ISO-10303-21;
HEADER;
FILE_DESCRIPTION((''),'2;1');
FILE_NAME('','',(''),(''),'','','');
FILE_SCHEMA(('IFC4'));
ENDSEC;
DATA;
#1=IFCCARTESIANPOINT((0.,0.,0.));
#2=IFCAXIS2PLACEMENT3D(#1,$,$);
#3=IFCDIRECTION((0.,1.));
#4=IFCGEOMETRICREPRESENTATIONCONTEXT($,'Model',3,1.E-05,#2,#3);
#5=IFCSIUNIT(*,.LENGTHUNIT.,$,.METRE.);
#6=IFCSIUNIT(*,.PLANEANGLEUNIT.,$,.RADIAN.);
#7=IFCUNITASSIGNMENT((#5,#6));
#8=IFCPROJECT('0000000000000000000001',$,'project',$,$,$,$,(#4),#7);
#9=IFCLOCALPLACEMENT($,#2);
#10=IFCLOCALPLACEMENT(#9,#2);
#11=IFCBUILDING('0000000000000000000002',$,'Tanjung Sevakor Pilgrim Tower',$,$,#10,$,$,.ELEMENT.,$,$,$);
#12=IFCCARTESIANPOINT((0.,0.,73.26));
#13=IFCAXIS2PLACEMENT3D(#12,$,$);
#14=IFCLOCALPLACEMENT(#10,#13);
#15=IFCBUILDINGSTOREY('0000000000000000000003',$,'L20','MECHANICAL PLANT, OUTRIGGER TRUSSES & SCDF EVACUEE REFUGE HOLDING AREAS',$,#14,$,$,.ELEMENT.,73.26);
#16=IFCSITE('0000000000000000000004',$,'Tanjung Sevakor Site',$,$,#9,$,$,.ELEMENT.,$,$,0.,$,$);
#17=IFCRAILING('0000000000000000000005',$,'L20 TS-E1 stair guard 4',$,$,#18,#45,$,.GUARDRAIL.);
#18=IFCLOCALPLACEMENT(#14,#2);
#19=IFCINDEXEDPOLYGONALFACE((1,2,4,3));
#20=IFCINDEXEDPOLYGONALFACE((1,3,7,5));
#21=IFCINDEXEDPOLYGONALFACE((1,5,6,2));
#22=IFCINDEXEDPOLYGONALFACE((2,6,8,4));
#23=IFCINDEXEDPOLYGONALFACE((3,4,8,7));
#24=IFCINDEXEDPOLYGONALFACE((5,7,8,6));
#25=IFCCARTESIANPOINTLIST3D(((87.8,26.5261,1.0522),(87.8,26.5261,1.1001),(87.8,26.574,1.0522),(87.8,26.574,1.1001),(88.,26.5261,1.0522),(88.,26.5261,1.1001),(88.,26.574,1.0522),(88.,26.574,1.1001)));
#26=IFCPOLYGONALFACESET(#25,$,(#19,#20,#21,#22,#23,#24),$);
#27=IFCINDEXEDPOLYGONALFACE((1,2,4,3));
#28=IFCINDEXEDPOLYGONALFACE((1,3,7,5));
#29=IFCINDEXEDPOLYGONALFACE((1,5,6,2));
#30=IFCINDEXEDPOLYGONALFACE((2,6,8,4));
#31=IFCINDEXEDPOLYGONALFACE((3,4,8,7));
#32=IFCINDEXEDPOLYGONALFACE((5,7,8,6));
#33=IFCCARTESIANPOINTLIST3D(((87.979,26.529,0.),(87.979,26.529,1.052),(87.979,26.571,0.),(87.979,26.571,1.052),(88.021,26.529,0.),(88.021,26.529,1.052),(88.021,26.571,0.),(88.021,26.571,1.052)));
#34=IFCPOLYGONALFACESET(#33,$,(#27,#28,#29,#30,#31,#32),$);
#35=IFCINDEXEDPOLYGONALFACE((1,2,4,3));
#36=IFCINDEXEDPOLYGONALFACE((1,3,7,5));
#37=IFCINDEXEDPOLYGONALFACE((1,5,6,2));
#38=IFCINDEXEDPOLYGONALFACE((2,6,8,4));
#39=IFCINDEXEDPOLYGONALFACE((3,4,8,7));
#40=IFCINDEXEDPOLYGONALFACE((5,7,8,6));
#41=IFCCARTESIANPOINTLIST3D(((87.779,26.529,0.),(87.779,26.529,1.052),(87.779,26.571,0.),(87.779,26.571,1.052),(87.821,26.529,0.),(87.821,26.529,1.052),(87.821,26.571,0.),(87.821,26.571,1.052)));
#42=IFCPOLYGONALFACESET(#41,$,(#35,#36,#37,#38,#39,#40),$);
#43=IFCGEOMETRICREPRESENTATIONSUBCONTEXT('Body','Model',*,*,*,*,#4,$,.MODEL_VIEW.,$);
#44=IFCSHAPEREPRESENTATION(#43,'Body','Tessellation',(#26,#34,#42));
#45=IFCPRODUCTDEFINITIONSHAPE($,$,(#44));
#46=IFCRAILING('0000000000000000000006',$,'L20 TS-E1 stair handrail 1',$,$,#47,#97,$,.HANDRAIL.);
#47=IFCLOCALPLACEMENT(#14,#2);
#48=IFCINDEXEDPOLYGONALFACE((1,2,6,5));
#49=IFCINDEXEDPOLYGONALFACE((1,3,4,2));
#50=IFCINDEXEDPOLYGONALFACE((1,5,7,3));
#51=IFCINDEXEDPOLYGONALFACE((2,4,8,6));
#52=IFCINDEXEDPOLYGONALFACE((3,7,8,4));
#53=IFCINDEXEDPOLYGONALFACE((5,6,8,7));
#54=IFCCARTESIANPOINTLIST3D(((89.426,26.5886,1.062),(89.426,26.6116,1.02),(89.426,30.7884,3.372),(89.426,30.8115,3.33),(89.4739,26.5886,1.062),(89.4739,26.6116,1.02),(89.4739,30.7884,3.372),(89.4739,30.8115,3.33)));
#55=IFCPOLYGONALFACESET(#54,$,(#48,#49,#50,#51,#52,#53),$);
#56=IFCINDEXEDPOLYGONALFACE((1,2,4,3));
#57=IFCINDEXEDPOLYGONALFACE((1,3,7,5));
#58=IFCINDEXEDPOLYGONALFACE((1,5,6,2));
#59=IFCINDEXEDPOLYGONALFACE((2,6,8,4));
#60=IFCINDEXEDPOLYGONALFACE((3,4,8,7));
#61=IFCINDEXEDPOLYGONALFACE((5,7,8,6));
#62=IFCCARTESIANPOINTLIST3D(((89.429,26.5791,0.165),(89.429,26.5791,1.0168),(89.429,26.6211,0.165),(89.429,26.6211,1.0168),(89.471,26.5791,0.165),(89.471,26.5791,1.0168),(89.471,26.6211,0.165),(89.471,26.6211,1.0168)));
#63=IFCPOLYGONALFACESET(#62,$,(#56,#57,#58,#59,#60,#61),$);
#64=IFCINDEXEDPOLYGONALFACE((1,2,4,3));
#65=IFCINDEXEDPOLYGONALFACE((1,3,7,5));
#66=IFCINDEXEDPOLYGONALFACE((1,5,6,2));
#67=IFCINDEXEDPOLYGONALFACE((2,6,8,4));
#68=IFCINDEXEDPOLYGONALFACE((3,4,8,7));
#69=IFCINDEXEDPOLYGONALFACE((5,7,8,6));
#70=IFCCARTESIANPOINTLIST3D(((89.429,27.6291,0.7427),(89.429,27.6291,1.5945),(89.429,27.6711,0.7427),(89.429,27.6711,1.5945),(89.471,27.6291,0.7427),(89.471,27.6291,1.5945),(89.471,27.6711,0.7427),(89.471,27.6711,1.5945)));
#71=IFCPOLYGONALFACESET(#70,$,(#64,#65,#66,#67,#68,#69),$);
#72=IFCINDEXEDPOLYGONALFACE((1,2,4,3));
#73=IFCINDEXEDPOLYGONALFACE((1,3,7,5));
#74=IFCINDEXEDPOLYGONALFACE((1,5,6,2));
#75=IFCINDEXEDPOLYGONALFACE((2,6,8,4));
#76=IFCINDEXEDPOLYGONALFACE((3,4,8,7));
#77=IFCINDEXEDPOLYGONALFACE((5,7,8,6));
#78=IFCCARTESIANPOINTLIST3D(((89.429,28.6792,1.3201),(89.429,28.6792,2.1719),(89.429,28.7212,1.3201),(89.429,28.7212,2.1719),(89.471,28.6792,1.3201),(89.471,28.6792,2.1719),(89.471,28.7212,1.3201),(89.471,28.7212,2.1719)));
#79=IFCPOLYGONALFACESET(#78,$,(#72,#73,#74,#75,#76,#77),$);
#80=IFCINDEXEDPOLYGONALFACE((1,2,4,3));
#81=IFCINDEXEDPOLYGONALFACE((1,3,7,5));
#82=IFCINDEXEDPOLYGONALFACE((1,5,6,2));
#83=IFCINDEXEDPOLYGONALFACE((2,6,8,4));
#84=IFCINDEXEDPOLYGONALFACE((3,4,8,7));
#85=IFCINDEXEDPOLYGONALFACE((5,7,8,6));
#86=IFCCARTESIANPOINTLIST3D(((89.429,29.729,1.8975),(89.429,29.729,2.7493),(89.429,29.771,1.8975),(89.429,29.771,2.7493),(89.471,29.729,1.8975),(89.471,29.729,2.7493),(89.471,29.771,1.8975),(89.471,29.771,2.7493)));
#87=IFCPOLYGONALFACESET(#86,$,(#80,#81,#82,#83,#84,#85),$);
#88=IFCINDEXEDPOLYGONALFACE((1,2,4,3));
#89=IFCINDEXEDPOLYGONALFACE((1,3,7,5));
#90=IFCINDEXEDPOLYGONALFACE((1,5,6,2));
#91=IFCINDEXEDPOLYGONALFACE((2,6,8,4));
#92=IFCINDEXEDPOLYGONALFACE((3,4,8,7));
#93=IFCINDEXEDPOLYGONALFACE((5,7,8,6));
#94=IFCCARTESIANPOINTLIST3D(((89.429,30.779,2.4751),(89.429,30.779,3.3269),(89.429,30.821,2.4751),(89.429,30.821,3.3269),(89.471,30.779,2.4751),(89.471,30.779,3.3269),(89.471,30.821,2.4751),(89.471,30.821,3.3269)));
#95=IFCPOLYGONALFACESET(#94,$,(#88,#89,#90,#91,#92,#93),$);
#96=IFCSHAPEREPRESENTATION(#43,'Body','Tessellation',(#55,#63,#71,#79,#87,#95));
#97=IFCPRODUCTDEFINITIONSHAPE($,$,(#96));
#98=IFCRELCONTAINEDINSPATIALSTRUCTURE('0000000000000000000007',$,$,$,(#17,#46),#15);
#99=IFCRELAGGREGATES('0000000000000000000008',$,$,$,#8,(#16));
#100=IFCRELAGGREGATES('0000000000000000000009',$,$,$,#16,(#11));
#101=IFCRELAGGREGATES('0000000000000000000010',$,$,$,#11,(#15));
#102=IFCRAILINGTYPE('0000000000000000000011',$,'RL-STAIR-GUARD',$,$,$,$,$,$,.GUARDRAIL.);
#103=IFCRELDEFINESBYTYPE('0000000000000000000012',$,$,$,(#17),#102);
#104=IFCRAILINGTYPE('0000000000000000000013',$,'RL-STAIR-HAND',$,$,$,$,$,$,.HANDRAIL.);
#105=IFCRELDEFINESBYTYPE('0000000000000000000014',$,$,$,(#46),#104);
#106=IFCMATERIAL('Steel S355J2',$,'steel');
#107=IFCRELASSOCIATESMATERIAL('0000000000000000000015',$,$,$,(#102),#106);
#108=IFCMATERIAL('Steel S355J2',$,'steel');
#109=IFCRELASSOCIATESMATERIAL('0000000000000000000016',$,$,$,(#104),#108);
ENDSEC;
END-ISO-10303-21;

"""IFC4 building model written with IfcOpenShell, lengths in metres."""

from ifc_helpers import new_model, si_unit, direction, frame, origin, place, context, subcontext, project, spatial, rectangle, extrude, material, type_object, element, save


model = new_model("IFC4")

# Units and contexts
model_context = context("Model", 3, precision=1e-05, world=origin(), true_north=direction((0.0, 1.0)))
body_context = subcontext(model_context, "Body", "Model", "MODEL_VIEW")
ifc_project = project(units=[si_unit("LENGTHUNIT", "METRE"), si_unit("PLANEANGLEUNIT", "RADIAN")], contexts=[model_context])

# Site, building, storey
site_placement = place(None, origin())
site = spatial("IfcSite", under=ifc_project, at=site_placement, Name="Tanjung Sevakor Site", CompositionType="ELEMENT", RefElevation=0.0)
building_placement = place(site_placement, origin())
building = spatial("IfcBuilding", under=site, at=building_placement, Name="Tanjung Sevakor Pilgrim Tower", CompositionType="ELEMENT")
storey_placement = place(building_placement, frame((0.0, 0.0, 73.26)))
storey = spatial("IfcBuildingStorey", under=building, at=storey_placement, Name="L20", Description="MECHANICAL PLANT, OUTRIGGER TRUSSES & SCDF EVACUEE REFUGE HOLDING AREAS", CompositionType="ELEMENT", Elevation=73.26)

# Railings
ifc_material_1 = material(Name="Steel S355J2", Category="steel")
railing_type_1 = type_object("IfcRailingType", Name="RL-STAIR-GUARD", PredefinedType="GUARDRAIL", material=ifc_material_1)
for number, where, name in (
    (1, (88.0, 26.55, 0.0), "L20 TS-E1 stair guard 4"),
):
    element("IfcRailing", number, at=place(storey_placement, frame(where)), inside=storey, type_object=railing_type_1, Name=name, PredefinedType="GUARDRAIL", context=body_context, shape_type="SweptSolid", body=[
        extrude(rectangle(XDim=0.0479, YDim=0.0479), frame((0.0, 0.0, 1.0762), z_axis=(-1.0, 0.0, 0.0), x_axis=(0.0, -1.0, 0.0)), (0.0, 0.0, 1.0), 0.2),
        extrude(rectangle(XDim=0.042, YDim=0.042), origin(), (0.0, 0.0, 1.0), 1.052),
        extrude(rectangle(XDim=0.042, YDim=0.042), frame((-0.2, 0.0, 0.0)), (0.0, 0.0, 1.0), 1.052),
    ])
ifc_material_2 = material(Name="Steel S355J2", Category="steel")
railing_type_2 = type_object("IfcRailingType", Name="RL-STAIR-HAND", PredefinedType="HANDRAIL", material=ifc_material_2)
railing_1_placement = place(storey_placement, frame((89.45, 26.6001, 0.165)))
element("IfcRailing", 2, at=railing_1_placement, inside=storey, type_object=railing_type_2, Name="L20 TS-E1 stair handrail 1", PredefinedType="HANDRAIL", context=body_context, shape_type="SweptSolid", body=[
    extrude(rectangle(XDim=0.0479, YDim=0.0479), frame((0.0, 0.0, 0.876), z_axis=(0.0, 0.876208, 0.481932), x_axis=(-1.0, 0.0, 0.0)), (0.0, 0.0, 1.0), 4.7932),
    extrude(rectangle(XDim=0.042, YDim=0.042), origin(), (0.0, 0.0, 1.0), 0.8518),
    extrude(rectangle(XDim=0.042, YDim=0.042), frame((0.0, 1.05, 0.5776)), (0.0, 0.0, 1.0), 0.8518),
    extrude(rectangle(XDim=0.042, YDim=0.042), frame((0.0, 2.1001, 1.155)), (0.0, 0.0, 1.0), 0.8518),
    extrude(rectangle(XDim=0.042, YDim=0.042), frame((0.0, 3.1499, 1.7324)), (0.0, 0.0, 1.0), 0.8518),
    extrude(rectangle(XDim=0.042, YDim=0.042), frame((0.0, 4.2, 2.3101)), (0.0, 0.0, 1.0), 0.8518),
])

save(model, "model.ifc")
